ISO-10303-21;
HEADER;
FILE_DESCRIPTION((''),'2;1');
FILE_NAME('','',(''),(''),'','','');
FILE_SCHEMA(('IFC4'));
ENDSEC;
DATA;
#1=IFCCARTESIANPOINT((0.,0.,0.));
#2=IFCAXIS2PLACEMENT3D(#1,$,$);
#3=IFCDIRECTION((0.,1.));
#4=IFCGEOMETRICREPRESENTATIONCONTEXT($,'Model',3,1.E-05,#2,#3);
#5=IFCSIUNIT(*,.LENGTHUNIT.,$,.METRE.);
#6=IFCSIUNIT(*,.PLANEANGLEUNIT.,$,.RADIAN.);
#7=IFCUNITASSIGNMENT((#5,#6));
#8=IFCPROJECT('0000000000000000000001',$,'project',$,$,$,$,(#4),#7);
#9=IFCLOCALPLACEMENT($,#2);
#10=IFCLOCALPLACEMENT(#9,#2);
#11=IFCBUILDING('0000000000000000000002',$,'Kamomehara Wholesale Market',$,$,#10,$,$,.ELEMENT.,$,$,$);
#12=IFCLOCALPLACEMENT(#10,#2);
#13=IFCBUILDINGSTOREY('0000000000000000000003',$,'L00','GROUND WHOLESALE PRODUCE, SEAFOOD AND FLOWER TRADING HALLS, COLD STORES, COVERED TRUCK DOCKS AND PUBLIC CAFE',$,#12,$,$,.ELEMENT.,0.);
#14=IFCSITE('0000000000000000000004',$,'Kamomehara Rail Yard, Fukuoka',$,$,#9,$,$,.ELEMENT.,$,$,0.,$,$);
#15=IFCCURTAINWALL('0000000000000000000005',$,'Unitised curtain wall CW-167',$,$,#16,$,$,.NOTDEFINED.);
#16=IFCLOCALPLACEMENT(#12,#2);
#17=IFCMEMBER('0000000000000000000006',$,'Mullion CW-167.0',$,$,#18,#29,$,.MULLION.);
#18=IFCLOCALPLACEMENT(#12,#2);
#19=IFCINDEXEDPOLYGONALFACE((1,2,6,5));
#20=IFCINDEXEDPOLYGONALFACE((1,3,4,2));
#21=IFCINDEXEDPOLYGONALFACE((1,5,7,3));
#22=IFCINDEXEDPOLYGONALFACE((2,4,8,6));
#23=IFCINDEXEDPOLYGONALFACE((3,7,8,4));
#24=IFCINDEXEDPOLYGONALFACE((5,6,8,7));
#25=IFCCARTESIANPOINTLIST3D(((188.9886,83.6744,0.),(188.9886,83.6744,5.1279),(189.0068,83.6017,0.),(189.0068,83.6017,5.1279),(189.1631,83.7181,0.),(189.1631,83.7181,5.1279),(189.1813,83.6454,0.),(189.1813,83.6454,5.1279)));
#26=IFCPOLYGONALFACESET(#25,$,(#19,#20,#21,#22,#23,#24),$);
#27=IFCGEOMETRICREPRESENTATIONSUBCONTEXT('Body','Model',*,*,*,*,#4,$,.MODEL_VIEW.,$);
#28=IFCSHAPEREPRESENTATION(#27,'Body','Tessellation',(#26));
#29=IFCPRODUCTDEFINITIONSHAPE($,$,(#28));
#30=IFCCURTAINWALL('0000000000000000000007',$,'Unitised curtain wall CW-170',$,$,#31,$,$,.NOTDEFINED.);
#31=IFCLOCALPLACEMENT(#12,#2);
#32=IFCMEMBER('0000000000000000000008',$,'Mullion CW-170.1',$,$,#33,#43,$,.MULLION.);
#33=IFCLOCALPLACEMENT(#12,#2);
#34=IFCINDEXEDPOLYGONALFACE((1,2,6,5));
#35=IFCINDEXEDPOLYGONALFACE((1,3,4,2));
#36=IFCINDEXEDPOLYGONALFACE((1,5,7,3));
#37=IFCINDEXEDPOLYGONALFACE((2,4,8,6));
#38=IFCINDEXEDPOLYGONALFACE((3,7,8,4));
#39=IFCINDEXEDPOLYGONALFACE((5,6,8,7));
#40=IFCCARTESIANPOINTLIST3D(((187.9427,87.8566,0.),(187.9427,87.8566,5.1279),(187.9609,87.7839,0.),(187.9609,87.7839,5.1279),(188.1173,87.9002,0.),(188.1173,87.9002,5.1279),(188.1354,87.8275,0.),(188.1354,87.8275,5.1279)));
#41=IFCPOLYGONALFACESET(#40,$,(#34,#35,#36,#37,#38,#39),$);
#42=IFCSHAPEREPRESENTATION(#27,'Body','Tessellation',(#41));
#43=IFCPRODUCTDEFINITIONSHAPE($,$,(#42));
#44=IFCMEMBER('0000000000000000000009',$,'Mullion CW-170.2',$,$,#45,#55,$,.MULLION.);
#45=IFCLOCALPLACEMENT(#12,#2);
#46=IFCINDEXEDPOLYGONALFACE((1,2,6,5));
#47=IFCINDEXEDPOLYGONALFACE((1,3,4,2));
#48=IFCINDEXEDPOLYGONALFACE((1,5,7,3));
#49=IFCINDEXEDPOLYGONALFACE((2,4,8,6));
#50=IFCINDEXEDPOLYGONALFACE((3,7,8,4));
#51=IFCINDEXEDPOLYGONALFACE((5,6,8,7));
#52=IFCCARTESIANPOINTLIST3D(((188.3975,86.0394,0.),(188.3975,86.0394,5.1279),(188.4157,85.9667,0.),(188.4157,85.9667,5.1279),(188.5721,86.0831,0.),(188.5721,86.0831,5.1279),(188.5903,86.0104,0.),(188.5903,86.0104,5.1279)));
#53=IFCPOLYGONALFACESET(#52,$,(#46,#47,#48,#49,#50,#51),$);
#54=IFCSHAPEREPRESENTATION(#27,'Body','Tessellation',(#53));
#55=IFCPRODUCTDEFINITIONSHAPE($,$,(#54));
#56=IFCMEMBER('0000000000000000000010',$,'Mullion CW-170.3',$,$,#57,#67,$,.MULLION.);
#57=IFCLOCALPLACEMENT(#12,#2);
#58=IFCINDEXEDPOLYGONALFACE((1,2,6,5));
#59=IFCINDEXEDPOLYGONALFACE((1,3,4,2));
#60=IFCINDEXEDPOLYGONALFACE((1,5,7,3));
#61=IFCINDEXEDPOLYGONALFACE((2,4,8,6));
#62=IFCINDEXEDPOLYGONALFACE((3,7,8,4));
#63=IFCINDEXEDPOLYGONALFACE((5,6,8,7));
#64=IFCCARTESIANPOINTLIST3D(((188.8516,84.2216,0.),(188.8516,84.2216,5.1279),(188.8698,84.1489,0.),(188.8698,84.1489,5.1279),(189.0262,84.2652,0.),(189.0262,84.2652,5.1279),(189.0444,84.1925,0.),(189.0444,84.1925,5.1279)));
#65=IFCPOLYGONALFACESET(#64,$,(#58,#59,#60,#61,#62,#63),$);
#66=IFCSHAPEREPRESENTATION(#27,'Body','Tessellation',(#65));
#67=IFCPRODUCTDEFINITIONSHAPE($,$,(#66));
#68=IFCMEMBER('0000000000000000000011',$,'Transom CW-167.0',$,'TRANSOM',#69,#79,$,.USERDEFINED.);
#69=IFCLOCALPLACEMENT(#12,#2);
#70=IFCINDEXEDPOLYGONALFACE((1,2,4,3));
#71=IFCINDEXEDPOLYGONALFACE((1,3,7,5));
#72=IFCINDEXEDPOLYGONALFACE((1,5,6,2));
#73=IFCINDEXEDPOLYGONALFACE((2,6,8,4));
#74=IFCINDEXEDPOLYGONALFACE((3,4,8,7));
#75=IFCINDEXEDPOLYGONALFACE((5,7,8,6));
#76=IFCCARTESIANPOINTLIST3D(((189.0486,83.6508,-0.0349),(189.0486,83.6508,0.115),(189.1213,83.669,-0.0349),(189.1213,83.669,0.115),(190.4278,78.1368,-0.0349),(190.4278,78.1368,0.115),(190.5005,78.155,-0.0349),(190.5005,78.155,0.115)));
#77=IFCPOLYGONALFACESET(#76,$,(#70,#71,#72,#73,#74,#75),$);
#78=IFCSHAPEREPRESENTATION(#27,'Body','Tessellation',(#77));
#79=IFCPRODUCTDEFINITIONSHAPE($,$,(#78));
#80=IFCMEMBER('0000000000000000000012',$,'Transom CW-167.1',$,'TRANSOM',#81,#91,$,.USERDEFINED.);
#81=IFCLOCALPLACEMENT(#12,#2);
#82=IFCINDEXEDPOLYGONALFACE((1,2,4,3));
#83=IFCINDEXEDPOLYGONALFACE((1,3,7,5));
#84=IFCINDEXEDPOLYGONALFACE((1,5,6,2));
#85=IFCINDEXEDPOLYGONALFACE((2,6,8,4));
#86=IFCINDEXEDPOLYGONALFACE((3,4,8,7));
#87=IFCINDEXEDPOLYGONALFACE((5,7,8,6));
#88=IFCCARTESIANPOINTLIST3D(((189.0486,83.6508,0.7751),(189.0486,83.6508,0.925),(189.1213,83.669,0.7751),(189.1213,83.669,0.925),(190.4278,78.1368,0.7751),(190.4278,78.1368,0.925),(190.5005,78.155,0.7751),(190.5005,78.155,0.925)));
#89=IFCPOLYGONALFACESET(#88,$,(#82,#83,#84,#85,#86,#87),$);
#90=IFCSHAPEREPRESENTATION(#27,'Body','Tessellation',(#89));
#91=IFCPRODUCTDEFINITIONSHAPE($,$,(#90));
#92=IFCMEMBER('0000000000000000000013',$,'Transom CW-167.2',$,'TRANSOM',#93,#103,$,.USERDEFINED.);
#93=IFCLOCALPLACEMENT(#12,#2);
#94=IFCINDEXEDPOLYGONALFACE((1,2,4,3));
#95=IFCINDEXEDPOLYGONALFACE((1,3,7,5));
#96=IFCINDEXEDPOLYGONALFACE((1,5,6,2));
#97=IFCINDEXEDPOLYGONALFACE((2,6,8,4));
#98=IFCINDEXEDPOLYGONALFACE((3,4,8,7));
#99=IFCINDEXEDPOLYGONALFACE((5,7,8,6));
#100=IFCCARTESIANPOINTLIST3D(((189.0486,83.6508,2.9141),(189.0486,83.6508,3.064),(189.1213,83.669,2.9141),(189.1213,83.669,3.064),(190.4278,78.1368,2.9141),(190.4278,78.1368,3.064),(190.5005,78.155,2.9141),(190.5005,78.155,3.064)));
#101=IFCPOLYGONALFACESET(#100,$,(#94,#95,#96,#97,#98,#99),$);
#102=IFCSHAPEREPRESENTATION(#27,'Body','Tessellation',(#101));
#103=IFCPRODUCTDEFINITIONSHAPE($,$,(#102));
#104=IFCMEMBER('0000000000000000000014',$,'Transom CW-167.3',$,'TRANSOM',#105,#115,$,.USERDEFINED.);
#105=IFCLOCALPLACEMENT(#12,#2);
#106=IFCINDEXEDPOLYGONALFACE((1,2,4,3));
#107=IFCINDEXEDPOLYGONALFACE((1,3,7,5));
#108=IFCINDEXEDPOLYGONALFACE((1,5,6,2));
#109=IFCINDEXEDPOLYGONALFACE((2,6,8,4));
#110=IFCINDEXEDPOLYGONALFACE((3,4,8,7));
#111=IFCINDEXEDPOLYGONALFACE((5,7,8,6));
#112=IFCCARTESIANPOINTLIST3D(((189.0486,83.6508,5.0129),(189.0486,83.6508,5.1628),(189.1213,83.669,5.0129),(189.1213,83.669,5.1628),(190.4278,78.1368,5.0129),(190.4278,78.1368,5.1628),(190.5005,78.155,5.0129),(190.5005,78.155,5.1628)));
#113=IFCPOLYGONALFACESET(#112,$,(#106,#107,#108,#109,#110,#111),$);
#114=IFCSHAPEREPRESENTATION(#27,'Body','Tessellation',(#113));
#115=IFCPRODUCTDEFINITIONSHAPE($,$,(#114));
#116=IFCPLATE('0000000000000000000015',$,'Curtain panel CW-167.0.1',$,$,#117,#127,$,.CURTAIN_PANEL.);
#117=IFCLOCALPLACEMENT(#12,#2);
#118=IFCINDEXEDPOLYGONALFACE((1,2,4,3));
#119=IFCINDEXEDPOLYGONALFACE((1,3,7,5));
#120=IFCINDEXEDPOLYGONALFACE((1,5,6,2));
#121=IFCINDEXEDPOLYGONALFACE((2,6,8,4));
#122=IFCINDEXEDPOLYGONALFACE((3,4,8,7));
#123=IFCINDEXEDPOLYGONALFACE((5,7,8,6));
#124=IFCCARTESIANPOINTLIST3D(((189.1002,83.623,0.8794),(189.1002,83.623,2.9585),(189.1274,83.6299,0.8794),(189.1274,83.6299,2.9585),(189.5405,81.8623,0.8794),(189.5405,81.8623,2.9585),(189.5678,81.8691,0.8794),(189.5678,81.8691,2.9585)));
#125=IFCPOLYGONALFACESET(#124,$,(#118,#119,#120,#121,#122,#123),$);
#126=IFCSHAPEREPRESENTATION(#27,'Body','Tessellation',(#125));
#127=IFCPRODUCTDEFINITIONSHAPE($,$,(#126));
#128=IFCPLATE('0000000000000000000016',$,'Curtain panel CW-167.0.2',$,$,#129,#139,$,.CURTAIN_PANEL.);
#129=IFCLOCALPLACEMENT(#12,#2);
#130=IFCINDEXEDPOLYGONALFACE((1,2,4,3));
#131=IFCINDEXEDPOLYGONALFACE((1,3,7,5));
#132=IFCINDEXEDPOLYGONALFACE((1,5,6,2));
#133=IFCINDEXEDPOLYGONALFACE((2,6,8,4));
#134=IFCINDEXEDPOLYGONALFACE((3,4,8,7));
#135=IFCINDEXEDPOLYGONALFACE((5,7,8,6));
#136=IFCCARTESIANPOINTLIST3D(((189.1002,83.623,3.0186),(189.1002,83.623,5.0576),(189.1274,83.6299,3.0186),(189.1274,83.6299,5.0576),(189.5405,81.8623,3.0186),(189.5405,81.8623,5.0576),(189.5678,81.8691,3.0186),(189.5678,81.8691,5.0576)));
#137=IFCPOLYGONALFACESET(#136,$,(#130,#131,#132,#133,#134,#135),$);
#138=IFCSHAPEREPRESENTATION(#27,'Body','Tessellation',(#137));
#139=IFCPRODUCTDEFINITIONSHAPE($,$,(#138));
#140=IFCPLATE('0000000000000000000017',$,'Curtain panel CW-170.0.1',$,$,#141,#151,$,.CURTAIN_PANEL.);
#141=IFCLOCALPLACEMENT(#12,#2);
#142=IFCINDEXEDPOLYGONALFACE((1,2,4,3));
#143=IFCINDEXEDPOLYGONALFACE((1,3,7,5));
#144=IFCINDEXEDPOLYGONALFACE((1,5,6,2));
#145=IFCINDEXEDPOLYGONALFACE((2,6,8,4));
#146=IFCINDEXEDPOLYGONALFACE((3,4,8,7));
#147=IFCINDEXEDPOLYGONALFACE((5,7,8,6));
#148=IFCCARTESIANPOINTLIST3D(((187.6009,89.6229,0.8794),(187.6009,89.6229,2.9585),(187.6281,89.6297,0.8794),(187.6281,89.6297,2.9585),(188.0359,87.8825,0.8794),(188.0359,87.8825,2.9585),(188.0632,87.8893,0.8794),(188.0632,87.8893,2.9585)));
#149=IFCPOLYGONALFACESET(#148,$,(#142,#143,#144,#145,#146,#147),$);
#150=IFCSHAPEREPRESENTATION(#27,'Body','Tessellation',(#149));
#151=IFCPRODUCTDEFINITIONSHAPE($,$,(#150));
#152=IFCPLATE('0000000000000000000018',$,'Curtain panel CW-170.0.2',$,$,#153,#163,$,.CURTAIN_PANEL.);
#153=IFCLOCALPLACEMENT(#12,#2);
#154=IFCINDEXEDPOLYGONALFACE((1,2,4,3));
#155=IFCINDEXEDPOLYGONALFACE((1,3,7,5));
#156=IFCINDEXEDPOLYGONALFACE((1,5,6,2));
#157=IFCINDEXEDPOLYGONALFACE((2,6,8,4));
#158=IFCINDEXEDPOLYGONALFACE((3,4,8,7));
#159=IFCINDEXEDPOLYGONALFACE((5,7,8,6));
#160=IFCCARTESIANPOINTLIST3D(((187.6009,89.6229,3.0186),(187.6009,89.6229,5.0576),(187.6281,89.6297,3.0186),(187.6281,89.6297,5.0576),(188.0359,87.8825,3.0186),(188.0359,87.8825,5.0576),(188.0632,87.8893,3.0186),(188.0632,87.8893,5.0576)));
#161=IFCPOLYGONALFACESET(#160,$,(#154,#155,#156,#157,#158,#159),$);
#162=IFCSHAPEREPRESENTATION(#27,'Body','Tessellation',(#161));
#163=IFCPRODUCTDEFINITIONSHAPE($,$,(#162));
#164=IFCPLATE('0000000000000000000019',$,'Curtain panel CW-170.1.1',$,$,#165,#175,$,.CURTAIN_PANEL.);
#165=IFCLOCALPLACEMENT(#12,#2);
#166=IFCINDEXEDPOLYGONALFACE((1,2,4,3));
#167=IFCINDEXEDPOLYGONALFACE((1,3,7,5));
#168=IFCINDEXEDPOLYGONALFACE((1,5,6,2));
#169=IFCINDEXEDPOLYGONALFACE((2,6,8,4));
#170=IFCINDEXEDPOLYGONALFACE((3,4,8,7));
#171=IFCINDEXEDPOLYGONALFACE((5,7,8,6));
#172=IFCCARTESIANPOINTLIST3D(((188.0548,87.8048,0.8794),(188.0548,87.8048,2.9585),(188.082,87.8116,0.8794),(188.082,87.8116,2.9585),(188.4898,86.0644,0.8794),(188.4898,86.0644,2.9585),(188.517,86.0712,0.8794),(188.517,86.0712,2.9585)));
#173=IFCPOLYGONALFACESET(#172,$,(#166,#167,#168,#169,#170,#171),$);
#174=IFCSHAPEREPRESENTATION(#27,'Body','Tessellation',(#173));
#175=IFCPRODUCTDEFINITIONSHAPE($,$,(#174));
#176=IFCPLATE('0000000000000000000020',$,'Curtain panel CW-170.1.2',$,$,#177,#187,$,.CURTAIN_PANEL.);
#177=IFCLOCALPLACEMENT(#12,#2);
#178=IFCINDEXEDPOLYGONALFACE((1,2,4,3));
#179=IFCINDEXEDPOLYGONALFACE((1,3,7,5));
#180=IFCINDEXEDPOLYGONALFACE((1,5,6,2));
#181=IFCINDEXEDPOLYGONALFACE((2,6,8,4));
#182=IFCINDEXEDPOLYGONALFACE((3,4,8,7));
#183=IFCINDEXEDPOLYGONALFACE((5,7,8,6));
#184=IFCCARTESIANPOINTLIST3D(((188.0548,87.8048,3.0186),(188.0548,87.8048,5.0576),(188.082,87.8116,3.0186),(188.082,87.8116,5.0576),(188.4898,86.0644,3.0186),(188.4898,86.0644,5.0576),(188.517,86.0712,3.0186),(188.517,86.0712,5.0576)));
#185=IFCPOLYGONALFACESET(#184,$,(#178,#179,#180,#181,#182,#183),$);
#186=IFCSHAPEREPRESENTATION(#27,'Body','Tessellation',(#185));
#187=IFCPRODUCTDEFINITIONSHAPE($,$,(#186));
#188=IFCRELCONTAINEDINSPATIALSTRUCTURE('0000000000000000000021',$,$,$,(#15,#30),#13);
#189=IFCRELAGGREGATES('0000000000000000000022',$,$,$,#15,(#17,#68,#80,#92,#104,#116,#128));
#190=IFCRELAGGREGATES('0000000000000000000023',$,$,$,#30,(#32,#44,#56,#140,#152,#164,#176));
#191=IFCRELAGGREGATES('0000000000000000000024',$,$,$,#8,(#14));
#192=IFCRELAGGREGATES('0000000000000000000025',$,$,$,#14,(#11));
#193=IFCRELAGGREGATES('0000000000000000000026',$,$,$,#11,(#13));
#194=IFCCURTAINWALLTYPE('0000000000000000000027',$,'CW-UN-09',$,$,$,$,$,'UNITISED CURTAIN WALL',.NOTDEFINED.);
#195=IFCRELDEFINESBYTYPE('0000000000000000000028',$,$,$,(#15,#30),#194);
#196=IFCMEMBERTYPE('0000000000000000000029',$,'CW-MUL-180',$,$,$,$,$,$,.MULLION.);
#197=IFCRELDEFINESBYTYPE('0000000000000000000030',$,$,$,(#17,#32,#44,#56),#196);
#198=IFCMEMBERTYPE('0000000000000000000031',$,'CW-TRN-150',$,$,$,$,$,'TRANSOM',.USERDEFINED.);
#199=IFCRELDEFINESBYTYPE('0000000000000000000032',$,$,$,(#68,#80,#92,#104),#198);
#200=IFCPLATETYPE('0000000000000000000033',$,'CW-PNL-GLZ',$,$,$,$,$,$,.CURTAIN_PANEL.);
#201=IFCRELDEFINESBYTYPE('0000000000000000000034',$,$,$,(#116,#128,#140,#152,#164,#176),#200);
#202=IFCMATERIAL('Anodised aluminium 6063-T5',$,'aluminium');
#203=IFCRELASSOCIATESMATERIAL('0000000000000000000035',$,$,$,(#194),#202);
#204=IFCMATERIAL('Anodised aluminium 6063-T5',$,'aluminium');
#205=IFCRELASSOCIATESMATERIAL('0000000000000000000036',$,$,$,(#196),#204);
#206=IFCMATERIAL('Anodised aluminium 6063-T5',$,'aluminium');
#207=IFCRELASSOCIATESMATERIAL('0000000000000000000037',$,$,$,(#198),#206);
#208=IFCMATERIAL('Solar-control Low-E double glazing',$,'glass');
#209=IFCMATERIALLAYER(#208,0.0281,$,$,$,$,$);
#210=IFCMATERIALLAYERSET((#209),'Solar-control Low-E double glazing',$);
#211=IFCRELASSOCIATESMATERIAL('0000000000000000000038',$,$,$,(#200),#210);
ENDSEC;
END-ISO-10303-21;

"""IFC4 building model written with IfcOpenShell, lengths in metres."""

from ifc_helpers import new_model, si_unit, direction, frame, origin, origin_2d, place, context, subcontext, project, spatial, rectangle, extrude, material, layer, layer_set, material_profile, profile_set, type_object, element, aggregate, save


model = new_model("IFC4")

# Units and contexts
model_context = context("Model", 3, precision=1e-05, world=origin(), true_north=direction((0.0, 1.0)))
body_context = subcontext(model_context, "Body", "Model", "MODEL_VIEW")
ifc_project = project(units=[si_unit("LENGTHUNIT", "METRE"), si_unit("PLANEANGLEUNIT", "RADIAN")], contexts=[model_context])

# Site, building, storey
site_placement = place(None, origin())
site = spatial("IfcSite", under=ifc_project, at=site_placement, Name="Kamomehara Rail Yard, Fukuoka", CompositionType="ELEMENT", RefElevation=0.0)
building_placement = place(site_placement, origin())
building = spatial("IfcBuilding", under=site, at=building_placement, Name="Kamomehara Wholesale Market", CompositionType="ELEMENT")
storey_placement = place(building_placement, origin())
storey = spatial("IfcBuildingStorey", under=building, at=storey_placement, Name="L00", Description="GROUND WHOLESALE PRODUCE, SEAFOOD AND FLOWER TRADING HALLS, COLD STORES, COVERED TRUCK DOCKS AND PUBLIC CAFE", CompositionType="ELEMENT", Elevation=0.0)

# Curtain wall, member
ifc_material_1 = material(Name="Anodised aluminium 6063-T5", Category="aluminium")
curtain_wall_type = type_object("IfcCurtainWallType", Name="CW-UN-09", ElementType="UNITISED CURTAIN WALL", PredefinedType="NOTDEFINED", material=ifc_material_1)
curtain_wall_1_placement = place(storey_placement, origin())
curtain_wall_1 = element("IfcCurtainWall", 1, at=curtain_wall_1_placement, inside=storey, type_object=curtain_wall_type, Name="Unitised curtain wall CW-167", PredefinedType="NOTDEFINED")
ifc_material_2 = material(Name="Anodised aluminium 6063-T5", Category="aluminium")
ifc_material_profile_1 = material_profile(ifc_material_2, rectangle(XDim=0.075, YDim=0.1799, at=origin_2d()), Name="ALU-MUL-75x180")
ifc_profile_set_1 = profile_set([ifc_material_profile_1], Name="Anodised aluminium 6063-T5")
member_type_1 = type_object("IfcMemberType", Name="CW-MUL-180", PredefinedType="MULLION", material=ifc_profile_set_1)
member_1_placement = place(storey_placement, frame((189.085, 83.6599, 0.0), z_axis=(0.0, 0.0, 1.0), x_axis=(0.242618, -0.970122, 0.0)))
member_1 = element("IfcMember", 2, at=member_1_placement, type_object=member_type_1, Name="Mullion CW-167.0", PredefinedType="MULLION", context=body_context, shape_type="SweptSolid", body=[
    extrude(rectangle(XDim=0.075, YDim=0.1799, at=origin_2d()), origin(), (0.0, 0.0, 1.0), 5.1279),
])

# Curtain wall, members
curtain_wall_2_placement = place(storey_placement, origin())
curtain_wall_2 = element("IfcCurtainWall", 3, at=curtain_wall_2_placement, inside=storey, type_object=curtain_wall_type, Name="Unitised curtain wall CW-170", PredefinedType="NOTDEFINED")
member_2_placement = place(storey_placement, frame((188.0391, 87.842, 0.0), z_axis=(0.0, 0.0, 1.0), x_axis=(0.242494, -0.970153, 0.0)))
member_2 = element("IfcMember", 4, at=member_2_placement, type_object=member_type_1, Name="Mullion CW-170.1", PredefinedType="MULLION", context=body_context, shape_type="SweptSolid", body=[
    extrude(rectangle(XDim=0.075, YDim=0.1799, at=origin_2d()), origin(), (0.0, 0.0, 1.0), 5.1279),
])
member_3_placement = place(storey_placement, frame((188.4939, 86.0249, 0.0), z_axis=(0.0, 0.0, 1.0), x_axis=(0.242494, -0.970153, 0.0)))
member_3 = element("IfcMember", 5, at=member_3_placement, type_object=member_type_1, Name="Mullion CW-170.2", PredefinedType="MULLION", context=body_context, shape_type="SweptSolid", body=[
    extrude(rectangle(XDim=0.075, YDim=0.1799, at=origin_2d()), origin(), (0.0, 0.0, 1.0), 5.1279),
])
member_4_placement = place(storey_placement, frame((188.948, 84.207, 0.0), z_axis=(0.0, 0.0, 1.0), x_axis=(0.242494, -0.970153, 0.0)))
member_4 = element("IfcMember", 6, at=member_4_placement, type_object=member_type_1, Name="Mullion CW-170.3", PredefinedType="MULLION", context=body_context, shape_type="SweptSolid", body=[
    extrude(rectangle(XDim=0.075, YDim=0.1799, at=origin_2d()), origin(), (0.0, 0.0, 1.0), 5.1279),
])

# Members
ifc_material_3 = material(Name="Anodised aluminium 6063-T5", Category="aluminium")
ifc_material_profile_2 = material_profile(ifc_material_3, rectangle(XDim=0.075, YDim=0.1499, at=origin_2d()), Name="ALU-TRN-75x150")
ifc_profile_set_2 = profile_set([ifc_material_profile_2], Name="Anodised aluminium 6063-T5")
member_type_2 = type_object("IfcMemberType", Name="CW-TRN-150", ElementType="TRANSOM", PredefinedType="USERDEFINED", material=ifc_profile_set_2)
member_5_placement = place(storey_placement, frame((189.085, 83.6599, 0.04), z_axis=(0.242647, -0.970115, 0.0), x_axis=(0.970115, 0.242647, 0.0)))
member_5 = element("IfcMember", 7, at=member_5_placement, type_object=member_type_2, Name="Transom CW-167.0", ObjectType="TRANSOM", PredefinedType="USERDEFINED", context=body_context, shape_type="SweptSolid", body=[
    extrude(rectangle(XDim=0.075, YDim=0.1499, at=origin_2d()), origin(), (0.0, 0.0, 1.0), 5.6838),
])
member_6_placement = place(storey_placement, frame((189.085, 83.6599, 0.8501), z_axis=(0.242647, -0.970115, 0.0), x_axis=(0.970115, 0.242647, 0.0)))
member_6 = element("IfcMember", 8, at=member_6_placement, type_object=member_type_2, Name="Transom CW-167.1", ObjectType="TRANSOM", PredefinedType="USERDEFINED", context=body_context, shape_type="SweptSolid", body=[
    extrude(rectangle(XDim=0.075, YDim=0.1499, at=origin_2d()), origin(), (0.0, 0.0, 1.0), 5.6838),
])
member_7_placement = place(storey_placement, frame((189.085, 83.6599, 2.989), z_axis=(0.242647, -0.970115, 0.0), x_axis=(0.970115, 0.242647, 0.0)))
member_7 = element("IfcMember", 9, at=member_7_placement, type_object=member_type_2, Name="Transom CW-167.2", ObjectType="TRANSOM", PredefinedType="USERDEFINED", context=body_context, shape_type="SweptSolid", body=[
    extrude(rectangle(XDim=0.075, YDim=0.1499, at=origin_2d()), origin(), (0.0, 0.0, 1.0), 5.6838),
])
member_8_placement = place(storey_placement, frame((189.085, 83.6599, 5.0879), z_axis=(0.242647, -0.970115, 0.0), x_axis=(0.970115, 0.242647, 0.0)))
member_8 = element("IfcMember", 10, at=member_8_placement, type_object=member_type_2, Name="Transom CW-167.3", ObjectType="TRANSOM", PredefinedType="USERDEFINED", context=body_context, shape_type="SweptSolid", body=[
    extrude(rectangle(XDim=0.075, YDim=0.1499, at=origin_2d()), origin(), (0.0, 0.0, 1.0), 5.6838),
])

# Plates
ifc_material_4 = material(Name="Solar-control Low-E double glazing", Category="glass")
ifc_layer_1 = layer(ifc_material_4, 0.0281)
ifc_layer_set_1 = layer_set([ifc_layer_1], Name="Solar-control Low-E double glazing")
plate_type_1 = type_object("IfcPlateType", Name="CW-PNL-GLZ", PredefinedType="CURTAIN_PANEL", material=ifc_layer_set_1)
plate_1_placement = place(storey_placement, frame((189.334, 82.7461, 0.8794), z_axis=(0.0, 0.0, 1.0), x_axis=(0.242616, -0.970122, 0.0)))
plate_1 = element("IfcPlate", 11, at=plate_1_placement, type_object=plate_type_1, Name="Curtain panel CW-167.0.1", PredefinedType="CURTAIN_PANEL", context=body_context, shape_type="SweptSolid", body=[
    extrude(rectangle(XDim=1.8149, YDim=0.0281, at=origin_2d()), origin(), (0.0, 0.0, 1.0), 2.0791),
])
plate_2_placement = place(storey_placement, frame((189.334, 82.7461, 3.0186), z_axis=(0.0, 0.0, 1.0), x_axis=(0.242616, -0.970122, 0.0)))
plate_2 = element("IfcPlate", 12, at=plate_2_placement, type_object=plate_type_1, Name="Curtain panel CW-167.0.2", PredefinedType="CURTAIN_PANEL", context=body_context, shape_type="SweptSolid", body=[
    extrude(rectangle(XDim=1.8149, YDim=0.0281, at=origin_2d()), origin(), (0.0, 0.0, 1.0), 2.0391),
])
aggregate(curtain_wall_1, [member_1, member_5, member_6, member_7, member_8, plate_1, plate_2])
plate_3_placement = place(storey_placement, frame((187.832, 88.7561, 0.8794), z_axis=(0.0, 0.0, 1.0), x_axis=(0.242498, -0.970152, 0.0)))
plate_3 = element("IfcPlate", 13, at=plate_3_placement, type_object=plate_type_1, Name="Curtain panel CW-170.0.1", PredefinedType="CURTAIN_PANEL", context=body_context, shape_type="SweptSolid", body=[
    extrude(rectangle(XDim=1.7939, YDim=0.0281, at=origin_2d()), origin(), (0.0, 0.0, 1.0), 2.0791),
])
plate_4_placement = place(storey_placement, frame((187.832, 88.7561, 3.0186), z_axis=(0.0, 0.0, 1.0), x_axis=(0.242498, -0.970152, 0.0)))
plate_4 = element("IfcPlate", 14, at=plate_4_placement, type_object=plate_type_1, Name="Curtain panel CW-170.0.2", PredefinedType="CURTAIN_PANEL", context=body_context, shape_type="SweptSolid", body=[
    extrude(rectangle(XDim=1.7939, YDim=0.0281, at=origin_2d()), origin(), (0.0, 0.0, 1.0), 2.0391),
])
plate_5_placement = place(storey_placement, frame((188.2859, 86.938, 0.8794), z_axis=(0.0, 0.0, 1.0), x_axis=(0.242498, -0.970152, 0.0)))
plate_5 = element("IfcPlate", 15, at=plate_5_placement, type_object=plate_type_1, Name="Curtain panel CW-170.1.1", PredefinedType="CURTAIN_PANEL", context=body_context, shape_type="SweptSolid", body=[
    extrude(rectangle(XDim=1.7939, YDim=0.0281, at=origin_2d()), origin(), (0.0, 0.0, 1.0), 2.0791),
])
plate_6_placement = place(storey_placement, frame((188.2859, 86.938, 3.0186), z_axis=(0.0, 0.0, 1.0), x_axis=(0.242498, -0.970152, 0.0)))
plate_6 = element("IfcPlate", 16, at=plate_6_placement, type_object=plate_type_1, Name="Curtain panel CW-170.1.2", PredefinedType="CURTAIN_PANEL", context=body_context, shape_type="SweptSolid", body=[
    extrude(rectangle(XDim=1.7939, YDim=0.0281, at=origin_2d()), origin(), (0.0, 0.0, 1.0), 2.0391),
])
aggregate(curtain_wall_2, [member_2, member_3, member_4, plate_3, plate_4, plate_5, plate_6])

save(model, "model.ifc")
